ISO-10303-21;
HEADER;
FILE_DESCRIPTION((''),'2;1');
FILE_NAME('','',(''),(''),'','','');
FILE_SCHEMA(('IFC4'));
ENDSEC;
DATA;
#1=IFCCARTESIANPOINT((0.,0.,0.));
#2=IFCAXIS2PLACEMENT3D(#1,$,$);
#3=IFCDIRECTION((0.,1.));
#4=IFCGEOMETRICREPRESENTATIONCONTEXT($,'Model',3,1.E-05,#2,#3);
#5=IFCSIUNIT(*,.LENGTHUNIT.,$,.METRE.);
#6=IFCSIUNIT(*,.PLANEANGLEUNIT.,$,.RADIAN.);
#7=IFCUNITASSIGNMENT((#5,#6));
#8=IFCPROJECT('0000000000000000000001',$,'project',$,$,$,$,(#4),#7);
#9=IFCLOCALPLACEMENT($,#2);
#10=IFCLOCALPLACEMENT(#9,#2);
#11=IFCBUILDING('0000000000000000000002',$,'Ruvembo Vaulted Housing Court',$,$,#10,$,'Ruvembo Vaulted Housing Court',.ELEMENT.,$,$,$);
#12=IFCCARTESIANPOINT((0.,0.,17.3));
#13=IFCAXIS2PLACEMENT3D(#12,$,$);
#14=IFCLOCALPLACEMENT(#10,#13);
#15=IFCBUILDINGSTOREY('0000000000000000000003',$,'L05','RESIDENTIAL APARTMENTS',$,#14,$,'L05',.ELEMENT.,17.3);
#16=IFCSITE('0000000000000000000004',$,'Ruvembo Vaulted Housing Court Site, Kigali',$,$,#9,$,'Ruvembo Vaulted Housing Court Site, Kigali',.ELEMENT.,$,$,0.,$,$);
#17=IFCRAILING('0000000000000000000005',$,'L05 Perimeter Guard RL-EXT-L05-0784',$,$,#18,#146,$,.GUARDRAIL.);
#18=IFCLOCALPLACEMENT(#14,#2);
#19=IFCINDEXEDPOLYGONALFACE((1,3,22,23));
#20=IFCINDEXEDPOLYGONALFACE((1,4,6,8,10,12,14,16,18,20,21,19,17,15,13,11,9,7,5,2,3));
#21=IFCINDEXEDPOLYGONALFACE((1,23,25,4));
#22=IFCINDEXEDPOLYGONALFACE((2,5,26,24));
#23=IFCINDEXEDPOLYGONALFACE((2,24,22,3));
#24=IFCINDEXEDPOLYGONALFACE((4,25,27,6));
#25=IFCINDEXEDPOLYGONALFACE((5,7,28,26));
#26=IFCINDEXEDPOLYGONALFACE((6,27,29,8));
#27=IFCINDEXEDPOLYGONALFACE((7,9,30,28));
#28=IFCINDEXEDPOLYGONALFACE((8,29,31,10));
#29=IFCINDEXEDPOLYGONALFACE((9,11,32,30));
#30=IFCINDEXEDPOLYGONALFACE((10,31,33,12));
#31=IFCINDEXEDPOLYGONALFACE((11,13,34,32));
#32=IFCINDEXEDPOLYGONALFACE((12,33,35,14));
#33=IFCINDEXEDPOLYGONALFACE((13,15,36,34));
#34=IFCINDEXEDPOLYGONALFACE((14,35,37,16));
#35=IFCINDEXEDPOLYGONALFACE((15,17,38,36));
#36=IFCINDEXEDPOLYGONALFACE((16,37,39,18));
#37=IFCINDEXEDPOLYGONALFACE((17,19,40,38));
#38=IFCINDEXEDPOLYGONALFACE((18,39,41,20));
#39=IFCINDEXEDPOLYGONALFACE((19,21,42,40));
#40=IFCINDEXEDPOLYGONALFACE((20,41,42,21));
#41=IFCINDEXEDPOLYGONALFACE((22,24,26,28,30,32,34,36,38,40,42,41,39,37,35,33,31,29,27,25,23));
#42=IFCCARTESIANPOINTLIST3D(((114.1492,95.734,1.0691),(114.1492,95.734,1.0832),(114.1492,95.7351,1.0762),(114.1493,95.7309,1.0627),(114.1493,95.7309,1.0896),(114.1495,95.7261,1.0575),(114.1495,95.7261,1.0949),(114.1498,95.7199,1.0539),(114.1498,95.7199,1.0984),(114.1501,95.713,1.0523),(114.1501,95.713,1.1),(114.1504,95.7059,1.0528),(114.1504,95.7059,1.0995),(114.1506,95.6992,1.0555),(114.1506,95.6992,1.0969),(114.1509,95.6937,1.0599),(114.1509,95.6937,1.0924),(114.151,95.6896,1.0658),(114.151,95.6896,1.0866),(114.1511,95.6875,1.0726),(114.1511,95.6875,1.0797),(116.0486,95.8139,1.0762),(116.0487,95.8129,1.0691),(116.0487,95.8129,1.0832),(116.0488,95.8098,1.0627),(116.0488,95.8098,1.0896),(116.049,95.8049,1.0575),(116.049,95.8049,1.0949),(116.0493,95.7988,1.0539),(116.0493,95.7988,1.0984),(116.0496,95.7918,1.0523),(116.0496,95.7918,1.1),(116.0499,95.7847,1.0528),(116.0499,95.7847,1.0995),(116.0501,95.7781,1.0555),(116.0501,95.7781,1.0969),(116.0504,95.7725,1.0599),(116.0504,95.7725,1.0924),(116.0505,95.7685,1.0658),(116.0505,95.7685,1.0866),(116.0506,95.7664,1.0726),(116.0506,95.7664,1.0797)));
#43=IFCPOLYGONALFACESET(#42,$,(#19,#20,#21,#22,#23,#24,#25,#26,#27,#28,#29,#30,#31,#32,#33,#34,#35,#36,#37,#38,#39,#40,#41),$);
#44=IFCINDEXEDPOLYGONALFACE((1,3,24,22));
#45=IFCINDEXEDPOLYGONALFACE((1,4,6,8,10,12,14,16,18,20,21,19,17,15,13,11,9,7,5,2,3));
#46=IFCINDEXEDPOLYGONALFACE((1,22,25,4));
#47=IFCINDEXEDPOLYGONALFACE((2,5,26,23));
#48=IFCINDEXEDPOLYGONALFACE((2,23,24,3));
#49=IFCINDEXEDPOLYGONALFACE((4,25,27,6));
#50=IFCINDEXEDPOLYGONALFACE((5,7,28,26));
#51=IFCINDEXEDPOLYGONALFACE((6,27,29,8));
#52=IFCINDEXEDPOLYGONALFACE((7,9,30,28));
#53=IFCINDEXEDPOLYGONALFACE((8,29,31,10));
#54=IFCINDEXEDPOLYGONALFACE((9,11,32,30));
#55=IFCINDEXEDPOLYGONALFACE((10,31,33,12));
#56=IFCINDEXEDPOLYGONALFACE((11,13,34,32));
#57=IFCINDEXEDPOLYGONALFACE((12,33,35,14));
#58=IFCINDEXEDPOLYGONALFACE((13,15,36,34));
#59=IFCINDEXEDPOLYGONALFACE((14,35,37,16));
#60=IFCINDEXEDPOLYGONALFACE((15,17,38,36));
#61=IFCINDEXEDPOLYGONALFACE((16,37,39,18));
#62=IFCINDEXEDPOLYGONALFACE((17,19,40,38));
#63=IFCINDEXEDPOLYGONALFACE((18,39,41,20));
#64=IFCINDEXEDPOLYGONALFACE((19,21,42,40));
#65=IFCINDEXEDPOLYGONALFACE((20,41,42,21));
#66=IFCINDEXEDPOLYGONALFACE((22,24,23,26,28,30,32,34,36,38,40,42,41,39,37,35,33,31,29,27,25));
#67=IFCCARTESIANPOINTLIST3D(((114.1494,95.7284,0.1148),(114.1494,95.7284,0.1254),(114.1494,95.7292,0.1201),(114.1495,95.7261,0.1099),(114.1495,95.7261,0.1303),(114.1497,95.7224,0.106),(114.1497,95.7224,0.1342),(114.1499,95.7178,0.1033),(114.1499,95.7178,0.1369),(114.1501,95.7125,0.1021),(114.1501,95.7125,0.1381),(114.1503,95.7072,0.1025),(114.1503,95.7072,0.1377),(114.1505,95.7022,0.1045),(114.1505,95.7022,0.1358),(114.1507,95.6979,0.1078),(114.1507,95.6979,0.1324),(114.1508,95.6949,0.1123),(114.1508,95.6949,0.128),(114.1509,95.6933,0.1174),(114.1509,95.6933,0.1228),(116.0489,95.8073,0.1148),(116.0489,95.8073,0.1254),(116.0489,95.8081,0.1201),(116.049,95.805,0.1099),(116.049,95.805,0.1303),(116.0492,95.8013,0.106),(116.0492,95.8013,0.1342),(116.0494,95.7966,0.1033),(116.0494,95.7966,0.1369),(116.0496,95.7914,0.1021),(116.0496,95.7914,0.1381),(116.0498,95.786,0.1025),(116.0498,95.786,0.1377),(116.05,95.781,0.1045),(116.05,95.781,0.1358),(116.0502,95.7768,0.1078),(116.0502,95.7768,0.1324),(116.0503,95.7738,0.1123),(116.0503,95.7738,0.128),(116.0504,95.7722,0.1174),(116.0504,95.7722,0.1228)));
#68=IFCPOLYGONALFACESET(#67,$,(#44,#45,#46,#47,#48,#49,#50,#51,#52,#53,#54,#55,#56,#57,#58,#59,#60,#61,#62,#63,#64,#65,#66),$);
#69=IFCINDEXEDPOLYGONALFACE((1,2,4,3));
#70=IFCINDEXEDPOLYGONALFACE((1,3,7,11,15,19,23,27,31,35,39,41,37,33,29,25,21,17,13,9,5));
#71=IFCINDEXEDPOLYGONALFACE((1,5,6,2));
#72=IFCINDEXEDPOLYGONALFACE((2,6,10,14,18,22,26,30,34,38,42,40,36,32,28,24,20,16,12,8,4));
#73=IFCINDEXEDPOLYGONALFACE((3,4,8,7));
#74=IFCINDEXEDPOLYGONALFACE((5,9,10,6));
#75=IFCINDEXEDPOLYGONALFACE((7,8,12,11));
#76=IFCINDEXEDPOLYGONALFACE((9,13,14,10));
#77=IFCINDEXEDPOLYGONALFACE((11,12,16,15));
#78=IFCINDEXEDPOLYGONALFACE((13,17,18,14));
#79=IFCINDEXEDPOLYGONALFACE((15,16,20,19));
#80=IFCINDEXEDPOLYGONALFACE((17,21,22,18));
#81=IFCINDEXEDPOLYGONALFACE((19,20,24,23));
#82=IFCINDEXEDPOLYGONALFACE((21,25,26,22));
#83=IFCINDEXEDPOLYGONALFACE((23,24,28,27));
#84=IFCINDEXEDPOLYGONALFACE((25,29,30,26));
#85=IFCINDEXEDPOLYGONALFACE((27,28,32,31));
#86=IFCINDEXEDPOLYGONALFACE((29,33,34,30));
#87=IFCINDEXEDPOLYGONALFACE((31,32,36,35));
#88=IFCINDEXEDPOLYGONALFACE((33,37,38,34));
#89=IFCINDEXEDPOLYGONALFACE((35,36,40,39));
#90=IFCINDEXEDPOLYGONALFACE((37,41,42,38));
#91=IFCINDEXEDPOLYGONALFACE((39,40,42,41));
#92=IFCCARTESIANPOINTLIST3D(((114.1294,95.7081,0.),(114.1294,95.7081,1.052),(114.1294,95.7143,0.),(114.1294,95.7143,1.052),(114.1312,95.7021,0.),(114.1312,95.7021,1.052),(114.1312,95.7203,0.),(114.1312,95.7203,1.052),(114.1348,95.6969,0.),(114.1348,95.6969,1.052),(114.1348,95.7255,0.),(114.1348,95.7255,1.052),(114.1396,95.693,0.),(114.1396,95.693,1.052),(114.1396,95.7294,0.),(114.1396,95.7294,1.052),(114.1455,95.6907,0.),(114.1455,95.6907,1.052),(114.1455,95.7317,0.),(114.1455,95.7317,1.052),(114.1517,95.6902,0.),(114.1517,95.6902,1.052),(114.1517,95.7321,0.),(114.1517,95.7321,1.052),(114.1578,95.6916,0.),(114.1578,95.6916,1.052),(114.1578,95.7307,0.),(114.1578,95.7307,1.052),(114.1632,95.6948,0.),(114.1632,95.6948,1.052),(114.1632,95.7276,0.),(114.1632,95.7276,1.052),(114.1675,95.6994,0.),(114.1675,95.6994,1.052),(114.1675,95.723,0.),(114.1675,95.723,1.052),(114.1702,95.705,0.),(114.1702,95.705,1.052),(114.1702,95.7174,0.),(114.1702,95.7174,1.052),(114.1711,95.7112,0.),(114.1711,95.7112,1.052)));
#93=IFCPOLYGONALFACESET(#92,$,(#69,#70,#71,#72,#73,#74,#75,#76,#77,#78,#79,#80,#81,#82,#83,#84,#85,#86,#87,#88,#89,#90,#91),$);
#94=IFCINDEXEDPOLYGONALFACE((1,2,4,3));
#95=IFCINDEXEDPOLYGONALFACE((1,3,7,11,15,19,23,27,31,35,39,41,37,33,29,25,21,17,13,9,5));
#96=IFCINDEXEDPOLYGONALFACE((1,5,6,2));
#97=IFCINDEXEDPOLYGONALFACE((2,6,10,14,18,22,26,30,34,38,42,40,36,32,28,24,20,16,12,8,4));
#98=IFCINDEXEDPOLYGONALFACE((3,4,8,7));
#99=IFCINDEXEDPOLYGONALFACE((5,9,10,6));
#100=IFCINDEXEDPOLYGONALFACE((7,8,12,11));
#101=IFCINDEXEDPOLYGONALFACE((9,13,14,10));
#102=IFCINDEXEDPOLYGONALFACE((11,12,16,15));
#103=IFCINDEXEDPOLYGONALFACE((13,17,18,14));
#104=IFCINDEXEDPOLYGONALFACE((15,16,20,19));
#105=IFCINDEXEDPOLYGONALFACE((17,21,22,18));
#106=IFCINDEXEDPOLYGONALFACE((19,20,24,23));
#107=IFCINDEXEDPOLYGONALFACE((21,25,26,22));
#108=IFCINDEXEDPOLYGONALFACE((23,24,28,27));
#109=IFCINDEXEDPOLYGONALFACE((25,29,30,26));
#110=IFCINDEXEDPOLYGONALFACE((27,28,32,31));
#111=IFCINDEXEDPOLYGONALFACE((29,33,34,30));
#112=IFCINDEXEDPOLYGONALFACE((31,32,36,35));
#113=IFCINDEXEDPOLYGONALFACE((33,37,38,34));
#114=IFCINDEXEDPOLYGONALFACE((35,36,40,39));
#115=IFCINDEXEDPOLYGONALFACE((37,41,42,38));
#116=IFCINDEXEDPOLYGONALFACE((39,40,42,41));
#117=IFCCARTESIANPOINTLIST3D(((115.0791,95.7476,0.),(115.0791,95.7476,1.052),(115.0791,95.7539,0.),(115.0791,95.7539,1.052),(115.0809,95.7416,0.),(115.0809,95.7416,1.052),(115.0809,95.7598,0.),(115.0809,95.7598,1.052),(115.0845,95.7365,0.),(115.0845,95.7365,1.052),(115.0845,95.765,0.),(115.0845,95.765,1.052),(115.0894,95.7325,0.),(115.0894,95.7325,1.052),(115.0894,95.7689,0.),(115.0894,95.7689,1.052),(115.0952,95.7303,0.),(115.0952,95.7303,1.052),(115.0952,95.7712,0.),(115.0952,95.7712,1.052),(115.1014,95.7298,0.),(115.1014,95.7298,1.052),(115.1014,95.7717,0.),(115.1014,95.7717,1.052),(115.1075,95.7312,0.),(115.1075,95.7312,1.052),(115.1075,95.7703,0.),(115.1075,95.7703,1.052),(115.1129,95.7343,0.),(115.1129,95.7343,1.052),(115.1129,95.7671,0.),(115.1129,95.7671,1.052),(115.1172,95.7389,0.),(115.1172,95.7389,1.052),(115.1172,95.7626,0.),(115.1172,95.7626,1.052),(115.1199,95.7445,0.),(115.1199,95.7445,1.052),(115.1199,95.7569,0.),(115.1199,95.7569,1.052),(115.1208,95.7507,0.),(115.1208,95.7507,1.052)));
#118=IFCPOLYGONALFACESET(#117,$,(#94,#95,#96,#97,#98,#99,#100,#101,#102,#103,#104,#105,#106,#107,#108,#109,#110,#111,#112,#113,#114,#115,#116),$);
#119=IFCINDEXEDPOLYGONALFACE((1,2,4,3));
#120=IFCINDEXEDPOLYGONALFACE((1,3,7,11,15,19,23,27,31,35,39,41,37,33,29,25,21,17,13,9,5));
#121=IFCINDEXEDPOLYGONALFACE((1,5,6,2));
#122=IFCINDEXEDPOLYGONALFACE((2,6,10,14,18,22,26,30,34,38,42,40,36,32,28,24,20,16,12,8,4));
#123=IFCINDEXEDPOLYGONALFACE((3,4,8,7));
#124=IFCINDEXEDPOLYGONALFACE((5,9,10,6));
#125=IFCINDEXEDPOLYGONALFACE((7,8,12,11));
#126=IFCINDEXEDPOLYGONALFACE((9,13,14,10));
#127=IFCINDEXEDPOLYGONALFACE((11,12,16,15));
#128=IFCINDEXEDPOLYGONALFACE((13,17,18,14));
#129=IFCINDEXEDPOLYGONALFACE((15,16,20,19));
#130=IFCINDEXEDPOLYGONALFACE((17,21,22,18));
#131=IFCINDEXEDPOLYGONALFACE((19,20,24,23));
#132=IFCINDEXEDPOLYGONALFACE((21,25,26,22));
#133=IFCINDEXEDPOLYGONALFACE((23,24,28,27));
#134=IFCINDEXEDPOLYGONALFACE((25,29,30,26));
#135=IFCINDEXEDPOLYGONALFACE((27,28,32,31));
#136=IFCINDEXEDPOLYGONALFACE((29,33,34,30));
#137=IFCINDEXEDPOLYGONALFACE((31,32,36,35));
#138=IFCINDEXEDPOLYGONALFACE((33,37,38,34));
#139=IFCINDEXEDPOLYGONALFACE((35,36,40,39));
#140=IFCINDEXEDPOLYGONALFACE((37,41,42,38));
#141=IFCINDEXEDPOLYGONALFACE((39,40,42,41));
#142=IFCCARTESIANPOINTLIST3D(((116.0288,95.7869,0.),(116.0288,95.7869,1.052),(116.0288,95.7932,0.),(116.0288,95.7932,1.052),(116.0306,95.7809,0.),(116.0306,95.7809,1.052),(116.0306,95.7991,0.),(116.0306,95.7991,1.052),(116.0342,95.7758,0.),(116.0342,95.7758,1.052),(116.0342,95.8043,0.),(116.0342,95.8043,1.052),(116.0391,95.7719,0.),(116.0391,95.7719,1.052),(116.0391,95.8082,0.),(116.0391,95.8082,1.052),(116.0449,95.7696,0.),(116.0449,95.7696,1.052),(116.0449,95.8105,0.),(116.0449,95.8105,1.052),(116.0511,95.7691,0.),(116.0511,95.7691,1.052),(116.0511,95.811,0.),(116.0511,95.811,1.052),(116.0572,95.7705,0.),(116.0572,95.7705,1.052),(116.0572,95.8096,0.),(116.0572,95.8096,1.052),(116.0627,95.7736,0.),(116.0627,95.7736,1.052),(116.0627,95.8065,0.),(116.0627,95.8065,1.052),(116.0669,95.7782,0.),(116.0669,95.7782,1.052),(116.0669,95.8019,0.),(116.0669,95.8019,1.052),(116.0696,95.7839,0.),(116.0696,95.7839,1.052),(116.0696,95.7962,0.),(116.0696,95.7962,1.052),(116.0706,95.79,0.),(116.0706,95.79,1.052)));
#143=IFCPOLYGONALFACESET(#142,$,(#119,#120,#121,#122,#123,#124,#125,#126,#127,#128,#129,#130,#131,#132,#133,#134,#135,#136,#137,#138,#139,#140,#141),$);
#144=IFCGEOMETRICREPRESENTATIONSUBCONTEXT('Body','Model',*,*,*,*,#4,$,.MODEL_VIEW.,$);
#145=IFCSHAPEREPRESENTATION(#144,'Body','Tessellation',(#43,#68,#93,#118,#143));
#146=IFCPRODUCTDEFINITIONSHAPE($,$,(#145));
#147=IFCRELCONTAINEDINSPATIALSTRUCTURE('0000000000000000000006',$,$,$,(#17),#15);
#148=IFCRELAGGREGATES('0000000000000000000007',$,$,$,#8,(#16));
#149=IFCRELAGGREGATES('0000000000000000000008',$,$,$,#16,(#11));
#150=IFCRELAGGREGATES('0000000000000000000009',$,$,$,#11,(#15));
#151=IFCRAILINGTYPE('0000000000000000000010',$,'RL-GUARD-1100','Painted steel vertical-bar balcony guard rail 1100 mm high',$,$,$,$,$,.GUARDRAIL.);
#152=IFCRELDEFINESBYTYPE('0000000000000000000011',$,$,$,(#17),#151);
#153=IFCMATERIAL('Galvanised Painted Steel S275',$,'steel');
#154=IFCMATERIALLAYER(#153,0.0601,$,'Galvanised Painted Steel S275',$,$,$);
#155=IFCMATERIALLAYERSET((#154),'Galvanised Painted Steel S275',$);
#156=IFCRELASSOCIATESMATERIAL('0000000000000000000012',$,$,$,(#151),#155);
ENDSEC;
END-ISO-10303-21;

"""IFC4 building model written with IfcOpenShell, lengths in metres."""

from ifc_helpers import new_model, si_unit, direction, frame, origin, origin_2d, place, context, subcontext, project, spatial, circle, extrude, material, layer, layer_set, type_object, element, save


model = new_model("IFC4")

# Units and contexts
model_context = context("Model", 3, precision=1e-05, world=origin(), true_north=direction((0.0, 1.0)))
body_context = subcontext(model_context, "Body", "Model", "MODEL_VIEW")
ifc_project = project(units=[si_unit("LENGTHUNIT", "METRE"), si_unit("PLANEANGLEUNIT", "RADIAN")], contexts=[model_context])

# Site, building, storey
site_placement = place(None, origin())
site = spatial("IfcSite", under=ifc_project, at=site_placement, Name="Ruvembo Vaulted Housing Court Site, Kigali", LongName="Ruvembo Vaulted Housing Court Site, Kigali", CompositionType="ELEMENT", RefElevation=0.0)
building_placement = place(site_placement, origin())
building = spatial("IfcBuilding", under=site, at=building_placement, Name="Ruvembo Vaulted Housing Court", LongName="Ruvembo Vaulted Housing Court", CompositionType="ELEMENT")
storey_placement = place(building_placement, frame((0.0, 0.0, 17.3)))
storey = spatial("IfcBuildingStorey", under=building, at=storey_placement, Name="L05", Description="RESIDENTIAL APARTMENTS", LongName="L05", CompositionType="ELEMENT", Elevation=17.3)

# Railing
ifc_material_1 = material(Name="Galvanised Painted Steel S275", Category="steel")
ifc_layer = layer(ifc_material_1, 0.0601, Name="Galvanised Painted Steel S275")
ifc_layer_set = layer_set([ifc_layer], Name="Galvanised Painted Steel S275")
railing_type = type_object("IfcRailingType", Name="RL-GUARD-1100", Description="Painted steel vertical-bar balcony guard rail 1100 mm high", PredefinedType="GUARDRAIL", material=ifc_layer_set)
railing_1_placement = place(storey_placement, frame((114.1501, 95.7112, 0.0)))
element("IfcRailing", 1, at=railing_1_placement, inside=storey, type_object=railing_type, Name="L05 Perimeter Guard RL-EXT-L05-0784", PredefinedType="GUARDRAIL", context=body_context, shape_type="SweptSolid", body=[
    extrude(circle(Radius=0.0239, at=origin_2d()), frame((0.0, 0.0, 1.0762), z_axis=(0.999139, 0.041481, 0.0), x_axis=(-0.041481, 0.999139, 0.0)), (0.0, 0.0, 1.0), 1.9011),
    extrude(circle(Radius=0.0181, at=origin_2d()), frame((0.0, 0.0, 0.1201), z_axis=(0.999139, 0.041481, 0.0), x_axis=(-0.041481, 0.999139, 0.0)), (0.0, 0.0, 1.0), 1.9011),
    extrude(circle(Radius=0.021, at=origin_2d()), origin(), (0.0, 0.0, 1.0), 1.052),
    extrude(circle(Radius=0.021, at=origin_2d()), frame((0.9497, 0.0396, 0.0)), (0.0, 0.0, 1.0), 1.052),
    extrude(circle(Radius=0.021, at=origin_2d()), frame((1.8994, 0.0789, 0.0)), (0.0, 0.0, 1.0), 1.052),
])

save(model, "model.ifc")
